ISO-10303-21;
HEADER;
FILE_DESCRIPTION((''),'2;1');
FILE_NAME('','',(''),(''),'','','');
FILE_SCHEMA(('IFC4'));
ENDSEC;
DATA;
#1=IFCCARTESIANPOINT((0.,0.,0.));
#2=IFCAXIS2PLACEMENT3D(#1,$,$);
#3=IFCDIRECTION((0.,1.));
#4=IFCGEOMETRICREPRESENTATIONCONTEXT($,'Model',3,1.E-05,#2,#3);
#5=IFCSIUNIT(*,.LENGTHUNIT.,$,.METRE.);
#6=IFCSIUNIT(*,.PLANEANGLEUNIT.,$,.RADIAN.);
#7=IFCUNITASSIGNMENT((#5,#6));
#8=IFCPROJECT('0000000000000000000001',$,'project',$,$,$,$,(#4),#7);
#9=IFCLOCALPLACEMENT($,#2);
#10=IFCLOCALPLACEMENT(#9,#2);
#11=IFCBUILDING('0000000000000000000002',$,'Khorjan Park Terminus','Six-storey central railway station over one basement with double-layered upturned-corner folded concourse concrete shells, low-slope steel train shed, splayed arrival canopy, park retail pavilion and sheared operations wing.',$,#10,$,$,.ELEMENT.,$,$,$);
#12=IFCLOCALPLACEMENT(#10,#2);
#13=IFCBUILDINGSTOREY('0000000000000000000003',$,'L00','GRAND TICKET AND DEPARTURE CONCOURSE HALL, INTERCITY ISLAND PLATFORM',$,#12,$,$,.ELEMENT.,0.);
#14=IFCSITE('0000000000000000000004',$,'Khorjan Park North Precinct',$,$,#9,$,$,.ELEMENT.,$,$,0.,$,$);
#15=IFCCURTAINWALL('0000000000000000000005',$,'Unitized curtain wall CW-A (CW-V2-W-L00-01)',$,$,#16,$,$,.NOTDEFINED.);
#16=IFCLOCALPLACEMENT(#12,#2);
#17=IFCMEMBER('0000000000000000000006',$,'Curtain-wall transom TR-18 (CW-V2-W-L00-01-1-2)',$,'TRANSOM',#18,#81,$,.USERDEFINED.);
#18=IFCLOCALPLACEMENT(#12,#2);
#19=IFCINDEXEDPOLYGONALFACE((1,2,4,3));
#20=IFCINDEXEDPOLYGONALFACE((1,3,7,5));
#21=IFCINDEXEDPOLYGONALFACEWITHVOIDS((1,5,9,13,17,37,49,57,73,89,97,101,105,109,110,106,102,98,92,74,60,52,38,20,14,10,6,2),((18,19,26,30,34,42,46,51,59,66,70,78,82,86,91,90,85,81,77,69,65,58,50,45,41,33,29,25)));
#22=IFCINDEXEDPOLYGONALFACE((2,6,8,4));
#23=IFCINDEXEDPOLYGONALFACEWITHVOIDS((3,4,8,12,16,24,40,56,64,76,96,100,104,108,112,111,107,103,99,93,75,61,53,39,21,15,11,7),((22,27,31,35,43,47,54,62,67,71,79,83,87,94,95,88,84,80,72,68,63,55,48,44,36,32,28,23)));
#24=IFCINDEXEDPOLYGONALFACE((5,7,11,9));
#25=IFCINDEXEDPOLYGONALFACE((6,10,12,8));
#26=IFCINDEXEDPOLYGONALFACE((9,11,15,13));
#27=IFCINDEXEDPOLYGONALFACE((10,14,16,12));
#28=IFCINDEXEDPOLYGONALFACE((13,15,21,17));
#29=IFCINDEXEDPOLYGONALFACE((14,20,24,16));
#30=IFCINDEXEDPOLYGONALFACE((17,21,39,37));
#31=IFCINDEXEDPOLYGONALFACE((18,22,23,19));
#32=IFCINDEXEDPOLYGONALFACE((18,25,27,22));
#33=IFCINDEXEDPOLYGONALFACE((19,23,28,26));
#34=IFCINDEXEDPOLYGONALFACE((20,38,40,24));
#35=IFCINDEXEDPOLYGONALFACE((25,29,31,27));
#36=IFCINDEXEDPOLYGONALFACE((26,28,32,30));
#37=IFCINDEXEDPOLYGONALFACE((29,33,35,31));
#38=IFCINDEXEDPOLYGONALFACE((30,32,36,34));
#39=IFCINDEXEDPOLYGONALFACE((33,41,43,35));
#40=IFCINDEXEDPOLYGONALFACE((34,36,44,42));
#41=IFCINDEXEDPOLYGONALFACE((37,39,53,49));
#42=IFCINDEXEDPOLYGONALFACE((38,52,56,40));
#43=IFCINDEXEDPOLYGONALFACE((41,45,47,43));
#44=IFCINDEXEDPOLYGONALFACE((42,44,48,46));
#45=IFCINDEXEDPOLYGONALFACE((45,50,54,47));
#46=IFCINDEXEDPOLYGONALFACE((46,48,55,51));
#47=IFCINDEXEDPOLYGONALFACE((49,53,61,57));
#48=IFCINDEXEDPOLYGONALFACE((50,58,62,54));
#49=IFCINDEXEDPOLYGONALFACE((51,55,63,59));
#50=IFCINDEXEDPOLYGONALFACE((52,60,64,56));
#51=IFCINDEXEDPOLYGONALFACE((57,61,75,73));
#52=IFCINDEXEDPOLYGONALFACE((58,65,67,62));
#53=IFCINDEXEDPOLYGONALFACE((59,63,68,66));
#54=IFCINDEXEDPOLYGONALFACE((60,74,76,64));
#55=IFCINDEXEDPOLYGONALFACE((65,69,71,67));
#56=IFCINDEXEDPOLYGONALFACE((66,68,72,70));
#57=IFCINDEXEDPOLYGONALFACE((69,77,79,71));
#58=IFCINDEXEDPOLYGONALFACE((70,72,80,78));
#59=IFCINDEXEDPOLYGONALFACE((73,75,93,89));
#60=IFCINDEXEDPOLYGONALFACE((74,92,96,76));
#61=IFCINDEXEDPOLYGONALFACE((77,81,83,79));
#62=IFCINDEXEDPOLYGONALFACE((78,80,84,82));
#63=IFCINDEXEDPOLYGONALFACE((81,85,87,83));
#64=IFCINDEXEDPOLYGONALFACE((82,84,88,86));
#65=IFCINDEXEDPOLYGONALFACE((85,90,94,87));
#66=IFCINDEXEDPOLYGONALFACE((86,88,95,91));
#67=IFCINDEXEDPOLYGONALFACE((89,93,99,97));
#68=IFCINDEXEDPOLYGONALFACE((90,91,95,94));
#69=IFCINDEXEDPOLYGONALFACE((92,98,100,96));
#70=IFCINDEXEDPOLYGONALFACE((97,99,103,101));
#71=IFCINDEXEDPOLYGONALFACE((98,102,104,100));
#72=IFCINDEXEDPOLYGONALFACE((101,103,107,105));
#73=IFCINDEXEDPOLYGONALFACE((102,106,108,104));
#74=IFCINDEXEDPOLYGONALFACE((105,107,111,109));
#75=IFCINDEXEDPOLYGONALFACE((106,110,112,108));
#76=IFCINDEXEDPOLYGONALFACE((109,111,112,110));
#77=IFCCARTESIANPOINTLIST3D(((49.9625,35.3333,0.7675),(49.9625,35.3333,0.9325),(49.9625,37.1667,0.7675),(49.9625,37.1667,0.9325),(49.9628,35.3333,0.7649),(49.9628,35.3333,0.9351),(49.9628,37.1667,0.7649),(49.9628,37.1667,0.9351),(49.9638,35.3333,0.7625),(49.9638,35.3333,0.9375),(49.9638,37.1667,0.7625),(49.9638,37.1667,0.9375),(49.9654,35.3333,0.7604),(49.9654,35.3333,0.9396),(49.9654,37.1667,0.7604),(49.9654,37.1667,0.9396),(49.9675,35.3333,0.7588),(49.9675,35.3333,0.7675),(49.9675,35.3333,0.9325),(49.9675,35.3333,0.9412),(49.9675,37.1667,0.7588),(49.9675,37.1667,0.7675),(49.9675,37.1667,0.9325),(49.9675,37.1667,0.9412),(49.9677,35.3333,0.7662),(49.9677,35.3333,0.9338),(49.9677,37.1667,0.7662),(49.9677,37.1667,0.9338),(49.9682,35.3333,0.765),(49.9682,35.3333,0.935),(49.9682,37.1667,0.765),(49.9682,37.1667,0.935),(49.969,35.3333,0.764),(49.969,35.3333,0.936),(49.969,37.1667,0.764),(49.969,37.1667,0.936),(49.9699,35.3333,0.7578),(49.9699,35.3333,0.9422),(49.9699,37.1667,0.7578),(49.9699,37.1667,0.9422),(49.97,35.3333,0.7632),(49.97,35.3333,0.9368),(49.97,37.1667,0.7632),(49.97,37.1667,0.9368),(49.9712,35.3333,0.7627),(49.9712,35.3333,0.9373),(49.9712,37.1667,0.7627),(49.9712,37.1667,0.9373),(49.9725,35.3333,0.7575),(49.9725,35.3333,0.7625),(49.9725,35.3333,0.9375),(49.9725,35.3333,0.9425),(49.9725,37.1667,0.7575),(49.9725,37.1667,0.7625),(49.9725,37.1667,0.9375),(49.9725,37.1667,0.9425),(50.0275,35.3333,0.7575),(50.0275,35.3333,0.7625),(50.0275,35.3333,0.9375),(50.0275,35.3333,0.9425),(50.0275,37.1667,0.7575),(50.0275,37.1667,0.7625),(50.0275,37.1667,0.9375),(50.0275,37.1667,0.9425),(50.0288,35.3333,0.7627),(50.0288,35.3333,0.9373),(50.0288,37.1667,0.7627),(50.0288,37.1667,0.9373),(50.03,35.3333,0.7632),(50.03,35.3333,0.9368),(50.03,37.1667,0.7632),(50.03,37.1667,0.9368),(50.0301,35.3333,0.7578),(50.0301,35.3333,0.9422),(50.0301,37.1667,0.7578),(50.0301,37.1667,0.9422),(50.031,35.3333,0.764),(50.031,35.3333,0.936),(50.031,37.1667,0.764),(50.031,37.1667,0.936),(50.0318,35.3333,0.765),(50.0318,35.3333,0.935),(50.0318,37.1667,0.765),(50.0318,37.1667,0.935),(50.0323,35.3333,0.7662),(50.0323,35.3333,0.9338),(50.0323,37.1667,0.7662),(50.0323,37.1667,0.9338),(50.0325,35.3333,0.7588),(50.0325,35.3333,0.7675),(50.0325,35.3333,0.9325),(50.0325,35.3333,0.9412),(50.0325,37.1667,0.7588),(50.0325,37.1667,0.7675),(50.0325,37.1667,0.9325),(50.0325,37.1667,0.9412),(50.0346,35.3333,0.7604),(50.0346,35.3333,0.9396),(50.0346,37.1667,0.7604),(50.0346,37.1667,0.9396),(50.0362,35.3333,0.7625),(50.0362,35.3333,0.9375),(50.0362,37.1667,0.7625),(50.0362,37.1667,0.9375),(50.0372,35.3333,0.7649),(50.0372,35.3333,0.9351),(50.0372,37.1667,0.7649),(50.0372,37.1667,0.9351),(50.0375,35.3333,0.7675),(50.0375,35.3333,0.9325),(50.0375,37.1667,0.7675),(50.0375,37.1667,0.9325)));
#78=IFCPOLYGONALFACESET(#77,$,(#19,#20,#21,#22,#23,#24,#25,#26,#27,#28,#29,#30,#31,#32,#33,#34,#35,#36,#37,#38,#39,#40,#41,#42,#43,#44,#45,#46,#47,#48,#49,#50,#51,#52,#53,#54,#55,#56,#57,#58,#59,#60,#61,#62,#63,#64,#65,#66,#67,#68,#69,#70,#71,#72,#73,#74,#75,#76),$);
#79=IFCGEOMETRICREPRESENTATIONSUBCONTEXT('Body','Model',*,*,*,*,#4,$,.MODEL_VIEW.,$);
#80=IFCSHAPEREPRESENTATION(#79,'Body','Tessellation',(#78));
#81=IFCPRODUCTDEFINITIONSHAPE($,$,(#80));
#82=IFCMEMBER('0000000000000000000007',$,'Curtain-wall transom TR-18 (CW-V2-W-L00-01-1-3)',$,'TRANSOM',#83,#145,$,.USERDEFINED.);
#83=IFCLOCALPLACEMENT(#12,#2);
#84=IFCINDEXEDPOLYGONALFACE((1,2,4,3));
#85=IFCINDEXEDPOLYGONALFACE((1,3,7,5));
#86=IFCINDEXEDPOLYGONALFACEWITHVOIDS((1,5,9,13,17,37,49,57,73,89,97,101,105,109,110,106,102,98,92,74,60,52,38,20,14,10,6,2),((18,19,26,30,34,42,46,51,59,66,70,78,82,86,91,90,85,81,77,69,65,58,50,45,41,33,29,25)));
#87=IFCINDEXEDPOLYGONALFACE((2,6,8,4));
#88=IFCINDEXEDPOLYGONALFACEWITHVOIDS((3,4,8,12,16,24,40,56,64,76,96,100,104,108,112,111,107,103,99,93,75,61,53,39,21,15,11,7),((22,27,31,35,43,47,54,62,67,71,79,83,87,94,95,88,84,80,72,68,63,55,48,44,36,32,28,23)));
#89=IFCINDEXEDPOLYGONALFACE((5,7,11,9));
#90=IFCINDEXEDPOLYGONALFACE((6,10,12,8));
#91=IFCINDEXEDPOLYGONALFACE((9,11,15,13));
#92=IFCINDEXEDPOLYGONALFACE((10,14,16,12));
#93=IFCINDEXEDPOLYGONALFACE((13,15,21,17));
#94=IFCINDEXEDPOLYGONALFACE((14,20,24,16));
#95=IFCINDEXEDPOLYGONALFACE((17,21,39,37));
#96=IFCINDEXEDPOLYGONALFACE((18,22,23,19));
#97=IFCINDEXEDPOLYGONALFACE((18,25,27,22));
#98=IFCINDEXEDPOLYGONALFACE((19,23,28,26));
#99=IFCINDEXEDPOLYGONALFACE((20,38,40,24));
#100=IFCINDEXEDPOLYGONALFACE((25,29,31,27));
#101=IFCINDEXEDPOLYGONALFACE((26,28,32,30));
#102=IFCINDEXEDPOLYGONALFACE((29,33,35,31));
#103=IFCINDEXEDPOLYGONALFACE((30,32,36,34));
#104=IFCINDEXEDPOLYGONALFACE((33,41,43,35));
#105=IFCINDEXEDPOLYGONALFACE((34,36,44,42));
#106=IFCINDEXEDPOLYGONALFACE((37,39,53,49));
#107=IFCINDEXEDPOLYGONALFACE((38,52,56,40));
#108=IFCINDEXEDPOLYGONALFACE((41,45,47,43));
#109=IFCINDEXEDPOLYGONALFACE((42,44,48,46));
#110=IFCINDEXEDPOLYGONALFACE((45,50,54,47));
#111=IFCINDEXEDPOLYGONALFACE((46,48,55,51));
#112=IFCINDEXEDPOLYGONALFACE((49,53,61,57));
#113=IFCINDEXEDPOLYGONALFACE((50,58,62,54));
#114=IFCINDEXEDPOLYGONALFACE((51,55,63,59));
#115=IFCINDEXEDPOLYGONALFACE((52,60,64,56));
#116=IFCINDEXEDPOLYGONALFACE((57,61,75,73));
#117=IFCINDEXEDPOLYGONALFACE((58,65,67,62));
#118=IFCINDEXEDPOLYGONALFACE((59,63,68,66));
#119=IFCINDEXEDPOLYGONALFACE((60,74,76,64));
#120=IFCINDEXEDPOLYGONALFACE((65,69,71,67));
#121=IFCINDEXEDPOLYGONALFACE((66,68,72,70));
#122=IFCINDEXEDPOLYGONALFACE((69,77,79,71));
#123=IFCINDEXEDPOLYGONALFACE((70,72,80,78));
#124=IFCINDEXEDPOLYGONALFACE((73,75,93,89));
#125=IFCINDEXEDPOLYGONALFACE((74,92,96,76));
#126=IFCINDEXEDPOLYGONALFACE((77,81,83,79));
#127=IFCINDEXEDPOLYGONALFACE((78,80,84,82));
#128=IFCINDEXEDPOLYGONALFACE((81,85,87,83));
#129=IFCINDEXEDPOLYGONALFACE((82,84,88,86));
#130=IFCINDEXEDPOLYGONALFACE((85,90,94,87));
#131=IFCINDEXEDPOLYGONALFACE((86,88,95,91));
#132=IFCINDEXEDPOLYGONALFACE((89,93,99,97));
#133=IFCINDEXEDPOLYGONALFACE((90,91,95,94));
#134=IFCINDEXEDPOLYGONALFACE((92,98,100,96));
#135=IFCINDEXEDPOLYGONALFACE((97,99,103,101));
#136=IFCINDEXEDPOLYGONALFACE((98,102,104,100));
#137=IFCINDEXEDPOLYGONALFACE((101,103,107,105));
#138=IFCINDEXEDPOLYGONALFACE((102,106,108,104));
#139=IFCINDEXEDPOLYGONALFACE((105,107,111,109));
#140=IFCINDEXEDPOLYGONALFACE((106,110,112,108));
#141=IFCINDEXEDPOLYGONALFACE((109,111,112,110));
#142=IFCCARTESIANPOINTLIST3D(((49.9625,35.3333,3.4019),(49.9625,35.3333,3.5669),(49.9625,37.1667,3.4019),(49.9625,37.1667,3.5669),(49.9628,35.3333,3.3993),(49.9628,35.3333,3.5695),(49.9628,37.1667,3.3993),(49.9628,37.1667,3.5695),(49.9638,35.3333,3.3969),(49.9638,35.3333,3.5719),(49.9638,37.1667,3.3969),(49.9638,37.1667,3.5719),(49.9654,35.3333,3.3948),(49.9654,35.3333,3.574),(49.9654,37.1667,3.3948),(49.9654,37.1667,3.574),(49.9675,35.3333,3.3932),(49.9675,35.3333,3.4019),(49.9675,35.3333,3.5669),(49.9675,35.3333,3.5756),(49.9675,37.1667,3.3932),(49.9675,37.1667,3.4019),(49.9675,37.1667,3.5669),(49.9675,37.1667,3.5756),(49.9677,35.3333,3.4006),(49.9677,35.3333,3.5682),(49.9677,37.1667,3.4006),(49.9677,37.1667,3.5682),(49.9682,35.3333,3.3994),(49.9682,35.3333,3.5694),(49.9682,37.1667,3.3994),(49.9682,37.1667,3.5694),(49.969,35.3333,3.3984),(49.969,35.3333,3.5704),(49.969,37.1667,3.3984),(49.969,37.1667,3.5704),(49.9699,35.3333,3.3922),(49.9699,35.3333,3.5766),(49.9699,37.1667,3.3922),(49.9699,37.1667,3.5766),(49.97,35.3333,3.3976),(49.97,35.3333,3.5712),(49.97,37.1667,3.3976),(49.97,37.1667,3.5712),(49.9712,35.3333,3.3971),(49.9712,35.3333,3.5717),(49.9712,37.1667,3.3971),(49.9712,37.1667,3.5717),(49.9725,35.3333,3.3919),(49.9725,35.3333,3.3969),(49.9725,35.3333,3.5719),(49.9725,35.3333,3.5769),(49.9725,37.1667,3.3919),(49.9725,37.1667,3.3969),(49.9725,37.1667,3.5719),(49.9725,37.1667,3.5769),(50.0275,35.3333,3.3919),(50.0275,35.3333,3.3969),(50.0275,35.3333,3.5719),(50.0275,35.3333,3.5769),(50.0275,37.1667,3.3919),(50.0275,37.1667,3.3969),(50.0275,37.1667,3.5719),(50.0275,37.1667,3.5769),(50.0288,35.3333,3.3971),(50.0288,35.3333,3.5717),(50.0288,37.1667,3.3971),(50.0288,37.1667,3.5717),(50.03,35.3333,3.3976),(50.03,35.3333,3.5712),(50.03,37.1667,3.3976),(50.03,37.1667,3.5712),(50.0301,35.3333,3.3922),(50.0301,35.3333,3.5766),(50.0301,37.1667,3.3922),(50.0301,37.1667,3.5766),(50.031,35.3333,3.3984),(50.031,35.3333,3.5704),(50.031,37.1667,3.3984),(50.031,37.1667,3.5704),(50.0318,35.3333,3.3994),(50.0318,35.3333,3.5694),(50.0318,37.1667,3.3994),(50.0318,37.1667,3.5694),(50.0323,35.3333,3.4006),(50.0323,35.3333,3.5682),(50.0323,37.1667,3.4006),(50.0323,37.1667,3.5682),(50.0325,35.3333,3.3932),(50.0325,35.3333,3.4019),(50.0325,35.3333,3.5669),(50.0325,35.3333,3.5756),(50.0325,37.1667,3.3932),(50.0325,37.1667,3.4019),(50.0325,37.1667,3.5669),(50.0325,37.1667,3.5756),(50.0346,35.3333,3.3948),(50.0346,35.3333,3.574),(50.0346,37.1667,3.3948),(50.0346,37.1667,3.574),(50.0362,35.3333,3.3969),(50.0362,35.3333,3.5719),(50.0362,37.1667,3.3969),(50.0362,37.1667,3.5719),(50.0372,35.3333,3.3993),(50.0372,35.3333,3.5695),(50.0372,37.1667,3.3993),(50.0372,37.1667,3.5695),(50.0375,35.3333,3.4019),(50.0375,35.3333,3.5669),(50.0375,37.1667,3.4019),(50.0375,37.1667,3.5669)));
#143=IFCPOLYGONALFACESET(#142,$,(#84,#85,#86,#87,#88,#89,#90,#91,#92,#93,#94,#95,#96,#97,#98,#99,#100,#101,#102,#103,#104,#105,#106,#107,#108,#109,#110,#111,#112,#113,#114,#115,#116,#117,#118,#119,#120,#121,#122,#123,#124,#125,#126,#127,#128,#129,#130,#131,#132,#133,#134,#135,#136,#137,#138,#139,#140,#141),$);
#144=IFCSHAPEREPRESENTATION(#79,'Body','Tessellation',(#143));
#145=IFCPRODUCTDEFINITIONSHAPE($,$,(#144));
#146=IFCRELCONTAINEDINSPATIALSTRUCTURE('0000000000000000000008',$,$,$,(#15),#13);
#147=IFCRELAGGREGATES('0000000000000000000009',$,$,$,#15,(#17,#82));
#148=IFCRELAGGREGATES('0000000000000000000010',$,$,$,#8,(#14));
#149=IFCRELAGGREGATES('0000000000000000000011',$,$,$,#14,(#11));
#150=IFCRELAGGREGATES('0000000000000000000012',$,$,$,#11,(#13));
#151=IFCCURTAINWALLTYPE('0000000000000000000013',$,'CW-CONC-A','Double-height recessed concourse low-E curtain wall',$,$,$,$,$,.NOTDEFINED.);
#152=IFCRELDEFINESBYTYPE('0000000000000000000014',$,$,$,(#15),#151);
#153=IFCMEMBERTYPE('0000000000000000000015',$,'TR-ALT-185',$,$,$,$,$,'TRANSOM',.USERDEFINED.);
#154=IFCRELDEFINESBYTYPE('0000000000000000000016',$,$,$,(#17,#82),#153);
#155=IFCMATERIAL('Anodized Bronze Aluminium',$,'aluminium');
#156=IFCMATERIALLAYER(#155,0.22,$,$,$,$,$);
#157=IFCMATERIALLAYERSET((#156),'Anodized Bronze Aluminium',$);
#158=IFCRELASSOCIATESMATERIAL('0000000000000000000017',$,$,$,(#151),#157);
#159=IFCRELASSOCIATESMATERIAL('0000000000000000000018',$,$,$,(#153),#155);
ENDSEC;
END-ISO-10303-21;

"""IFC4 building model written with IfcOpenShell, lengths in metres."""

from ifc_helpers import new_model, si_unit, direction, frame, origin, origin_2d, place, context, subcontext, project, spatial, hollow_rectangle, extrude, material, layer, layer_set, material_profile, profile_set, type_object, element, aggregate, save


model = new_model("IFC4")

# Units and contexts
model_context = context("Model", 3, precision=1e-05, world=origin(), true_north=direction((0.0, 1.0)))
body_context = subcontext(model_context, "Body", "Model", "MODEL_VIEW")
ifc_project = project(units=[si_unit("LENGTHUNIT", "METRE"), si_unit("PLANEANGLEUNIT", "RADIAN")], contexts=[model_context])

# Site, building, storey
site_placement = place(None, origin())
site = spatial("IfcSite", under=ifc_project, at=site_placement, Name="Khorjan Park North Precinct", CompositionType="ELEMENT", RefElevation=0.0)
building_placement = place(site_placement, origin())
building = spatial("IfcBuilding", under=site, at=building_placement, Name="Khorjan Park Terminus", Description="Six-storey central railway station over one basement with double-layered upturned-corner folded concourse concrete shells, low-slope steel train shed, splayed arrival canopy, park retail pavilion and sheared operations wing.", CompositionType="ELEMENT")
storey_placement = place(building_placement, origin())
storey = spatial("IfcBuildingStorey", under=building, at=storey_placement, Name="L00", Description="GRAND TICKET AND DEPARTURE CONCOURSE HALL, INTERCITY ISLAND PLATFORM", CompositionType="ELEMENT", Elevation=0.0)

# Curtain wall, members
ifc_material_1 = material(Name="Anodized Bronze Aluminium", Category="aluminium")
ifc_layer_1 = layer(ifc_material_1, 0.22)
ifc_layer_set_1 = layer_set([ifc_layer_1], Name="Anodized Bronze Aluminium")
curtain_wall_type = type_object("IfcCurtainWallType", Name="CW-CONC-A", Description="Double-height recessed concourse low-E curtain wall", PredefinedType="NOTDEFINED", material=ifc_layer_set_1)
curtain_wall_placement = place(storey_placement, origin())
curtain_wall = element("IfcCurtainWall", 1, at=curtain_wall_placement, inside=storey, type_object=curtain_wall_type, Name="Unitized curtain wall CW-A (CW-V2-W-L00-01)", PredefinedType="NOTDEFINED")
ifc_material_profile_1 = material_profile(ifc_material_1, hollow_rectangle(XDim=0.075, YDim=0.185, WallThickness=0.005, InnerFilletRadius=0.005, OuterFilletRadius=0.01, at=origin_2d()), Name="ALT 75x185x5")
ifc_profile_set_1 = profile_set([ifc_material_profile_1], Name="Anodized Bronze Aluminium")
member_type_1 = type_object("IfcMemberType", Name="TR-ALT-185", ElementType="TRANSOM", PredefinedType="USERDEFINED", material=ifc_profile_set_1)
member_1_placement = place(storey_placement, frame((50.0, 37.1667, 0.85), z_axis=(0.0, -1.0, 0.0), x_axis=(1.0, 0.0, 0.0)))
member_1 = element("IfcMember", 2, at=member_1_placement, type_object=member_type_1, Name="Curtain-wall transom TR-18 (CW-V2-W-L00-01-1-2)", ObjectType="TRANSOM", PredefinedType="USERDEFINED", context=body_context, shape_type="SweptSolid", body=[
    extrude(hollow_rectangle(XDim=0.075, YDim=0.185, WallThickness=0.005, InnerFilletRadius=0.005, OuterFilletRadius=0.01, at=origin_2d()), origin(), (0.0, 0.0, 1.0), 1.8334),
])
member_2_placement = place(storey_placement, frame((50.0, 37.1667, 3.4844), z_axis=(0.0, -1.0, 0.0), x_axis=(1.0, 0.0, 0.0)))
member_2 = element("IfcMember", 3, at=member_2_placement, type_object=member_type_1, Name="Curtain-wall transom TR-18 (CW-V2-W-L00-01-1-3)", ObjectType="TRANSOM", PredefinedType="USERDEFINED", context=body_context, shape_type="SweptSolid", body=[
    extrude(hollow_rectangle(XDim=0.075, YDim=0.185, WallThickness=0.005, InnerFilletRadius=0.005, OuterFilletRadius=0.01, at=origin_2d()), origin(), (0.0, 0.0, 1.0), 1.8334),
])
aggregate(curtain_wall, [member_1, member_2])

save(model, "model.ifc")
